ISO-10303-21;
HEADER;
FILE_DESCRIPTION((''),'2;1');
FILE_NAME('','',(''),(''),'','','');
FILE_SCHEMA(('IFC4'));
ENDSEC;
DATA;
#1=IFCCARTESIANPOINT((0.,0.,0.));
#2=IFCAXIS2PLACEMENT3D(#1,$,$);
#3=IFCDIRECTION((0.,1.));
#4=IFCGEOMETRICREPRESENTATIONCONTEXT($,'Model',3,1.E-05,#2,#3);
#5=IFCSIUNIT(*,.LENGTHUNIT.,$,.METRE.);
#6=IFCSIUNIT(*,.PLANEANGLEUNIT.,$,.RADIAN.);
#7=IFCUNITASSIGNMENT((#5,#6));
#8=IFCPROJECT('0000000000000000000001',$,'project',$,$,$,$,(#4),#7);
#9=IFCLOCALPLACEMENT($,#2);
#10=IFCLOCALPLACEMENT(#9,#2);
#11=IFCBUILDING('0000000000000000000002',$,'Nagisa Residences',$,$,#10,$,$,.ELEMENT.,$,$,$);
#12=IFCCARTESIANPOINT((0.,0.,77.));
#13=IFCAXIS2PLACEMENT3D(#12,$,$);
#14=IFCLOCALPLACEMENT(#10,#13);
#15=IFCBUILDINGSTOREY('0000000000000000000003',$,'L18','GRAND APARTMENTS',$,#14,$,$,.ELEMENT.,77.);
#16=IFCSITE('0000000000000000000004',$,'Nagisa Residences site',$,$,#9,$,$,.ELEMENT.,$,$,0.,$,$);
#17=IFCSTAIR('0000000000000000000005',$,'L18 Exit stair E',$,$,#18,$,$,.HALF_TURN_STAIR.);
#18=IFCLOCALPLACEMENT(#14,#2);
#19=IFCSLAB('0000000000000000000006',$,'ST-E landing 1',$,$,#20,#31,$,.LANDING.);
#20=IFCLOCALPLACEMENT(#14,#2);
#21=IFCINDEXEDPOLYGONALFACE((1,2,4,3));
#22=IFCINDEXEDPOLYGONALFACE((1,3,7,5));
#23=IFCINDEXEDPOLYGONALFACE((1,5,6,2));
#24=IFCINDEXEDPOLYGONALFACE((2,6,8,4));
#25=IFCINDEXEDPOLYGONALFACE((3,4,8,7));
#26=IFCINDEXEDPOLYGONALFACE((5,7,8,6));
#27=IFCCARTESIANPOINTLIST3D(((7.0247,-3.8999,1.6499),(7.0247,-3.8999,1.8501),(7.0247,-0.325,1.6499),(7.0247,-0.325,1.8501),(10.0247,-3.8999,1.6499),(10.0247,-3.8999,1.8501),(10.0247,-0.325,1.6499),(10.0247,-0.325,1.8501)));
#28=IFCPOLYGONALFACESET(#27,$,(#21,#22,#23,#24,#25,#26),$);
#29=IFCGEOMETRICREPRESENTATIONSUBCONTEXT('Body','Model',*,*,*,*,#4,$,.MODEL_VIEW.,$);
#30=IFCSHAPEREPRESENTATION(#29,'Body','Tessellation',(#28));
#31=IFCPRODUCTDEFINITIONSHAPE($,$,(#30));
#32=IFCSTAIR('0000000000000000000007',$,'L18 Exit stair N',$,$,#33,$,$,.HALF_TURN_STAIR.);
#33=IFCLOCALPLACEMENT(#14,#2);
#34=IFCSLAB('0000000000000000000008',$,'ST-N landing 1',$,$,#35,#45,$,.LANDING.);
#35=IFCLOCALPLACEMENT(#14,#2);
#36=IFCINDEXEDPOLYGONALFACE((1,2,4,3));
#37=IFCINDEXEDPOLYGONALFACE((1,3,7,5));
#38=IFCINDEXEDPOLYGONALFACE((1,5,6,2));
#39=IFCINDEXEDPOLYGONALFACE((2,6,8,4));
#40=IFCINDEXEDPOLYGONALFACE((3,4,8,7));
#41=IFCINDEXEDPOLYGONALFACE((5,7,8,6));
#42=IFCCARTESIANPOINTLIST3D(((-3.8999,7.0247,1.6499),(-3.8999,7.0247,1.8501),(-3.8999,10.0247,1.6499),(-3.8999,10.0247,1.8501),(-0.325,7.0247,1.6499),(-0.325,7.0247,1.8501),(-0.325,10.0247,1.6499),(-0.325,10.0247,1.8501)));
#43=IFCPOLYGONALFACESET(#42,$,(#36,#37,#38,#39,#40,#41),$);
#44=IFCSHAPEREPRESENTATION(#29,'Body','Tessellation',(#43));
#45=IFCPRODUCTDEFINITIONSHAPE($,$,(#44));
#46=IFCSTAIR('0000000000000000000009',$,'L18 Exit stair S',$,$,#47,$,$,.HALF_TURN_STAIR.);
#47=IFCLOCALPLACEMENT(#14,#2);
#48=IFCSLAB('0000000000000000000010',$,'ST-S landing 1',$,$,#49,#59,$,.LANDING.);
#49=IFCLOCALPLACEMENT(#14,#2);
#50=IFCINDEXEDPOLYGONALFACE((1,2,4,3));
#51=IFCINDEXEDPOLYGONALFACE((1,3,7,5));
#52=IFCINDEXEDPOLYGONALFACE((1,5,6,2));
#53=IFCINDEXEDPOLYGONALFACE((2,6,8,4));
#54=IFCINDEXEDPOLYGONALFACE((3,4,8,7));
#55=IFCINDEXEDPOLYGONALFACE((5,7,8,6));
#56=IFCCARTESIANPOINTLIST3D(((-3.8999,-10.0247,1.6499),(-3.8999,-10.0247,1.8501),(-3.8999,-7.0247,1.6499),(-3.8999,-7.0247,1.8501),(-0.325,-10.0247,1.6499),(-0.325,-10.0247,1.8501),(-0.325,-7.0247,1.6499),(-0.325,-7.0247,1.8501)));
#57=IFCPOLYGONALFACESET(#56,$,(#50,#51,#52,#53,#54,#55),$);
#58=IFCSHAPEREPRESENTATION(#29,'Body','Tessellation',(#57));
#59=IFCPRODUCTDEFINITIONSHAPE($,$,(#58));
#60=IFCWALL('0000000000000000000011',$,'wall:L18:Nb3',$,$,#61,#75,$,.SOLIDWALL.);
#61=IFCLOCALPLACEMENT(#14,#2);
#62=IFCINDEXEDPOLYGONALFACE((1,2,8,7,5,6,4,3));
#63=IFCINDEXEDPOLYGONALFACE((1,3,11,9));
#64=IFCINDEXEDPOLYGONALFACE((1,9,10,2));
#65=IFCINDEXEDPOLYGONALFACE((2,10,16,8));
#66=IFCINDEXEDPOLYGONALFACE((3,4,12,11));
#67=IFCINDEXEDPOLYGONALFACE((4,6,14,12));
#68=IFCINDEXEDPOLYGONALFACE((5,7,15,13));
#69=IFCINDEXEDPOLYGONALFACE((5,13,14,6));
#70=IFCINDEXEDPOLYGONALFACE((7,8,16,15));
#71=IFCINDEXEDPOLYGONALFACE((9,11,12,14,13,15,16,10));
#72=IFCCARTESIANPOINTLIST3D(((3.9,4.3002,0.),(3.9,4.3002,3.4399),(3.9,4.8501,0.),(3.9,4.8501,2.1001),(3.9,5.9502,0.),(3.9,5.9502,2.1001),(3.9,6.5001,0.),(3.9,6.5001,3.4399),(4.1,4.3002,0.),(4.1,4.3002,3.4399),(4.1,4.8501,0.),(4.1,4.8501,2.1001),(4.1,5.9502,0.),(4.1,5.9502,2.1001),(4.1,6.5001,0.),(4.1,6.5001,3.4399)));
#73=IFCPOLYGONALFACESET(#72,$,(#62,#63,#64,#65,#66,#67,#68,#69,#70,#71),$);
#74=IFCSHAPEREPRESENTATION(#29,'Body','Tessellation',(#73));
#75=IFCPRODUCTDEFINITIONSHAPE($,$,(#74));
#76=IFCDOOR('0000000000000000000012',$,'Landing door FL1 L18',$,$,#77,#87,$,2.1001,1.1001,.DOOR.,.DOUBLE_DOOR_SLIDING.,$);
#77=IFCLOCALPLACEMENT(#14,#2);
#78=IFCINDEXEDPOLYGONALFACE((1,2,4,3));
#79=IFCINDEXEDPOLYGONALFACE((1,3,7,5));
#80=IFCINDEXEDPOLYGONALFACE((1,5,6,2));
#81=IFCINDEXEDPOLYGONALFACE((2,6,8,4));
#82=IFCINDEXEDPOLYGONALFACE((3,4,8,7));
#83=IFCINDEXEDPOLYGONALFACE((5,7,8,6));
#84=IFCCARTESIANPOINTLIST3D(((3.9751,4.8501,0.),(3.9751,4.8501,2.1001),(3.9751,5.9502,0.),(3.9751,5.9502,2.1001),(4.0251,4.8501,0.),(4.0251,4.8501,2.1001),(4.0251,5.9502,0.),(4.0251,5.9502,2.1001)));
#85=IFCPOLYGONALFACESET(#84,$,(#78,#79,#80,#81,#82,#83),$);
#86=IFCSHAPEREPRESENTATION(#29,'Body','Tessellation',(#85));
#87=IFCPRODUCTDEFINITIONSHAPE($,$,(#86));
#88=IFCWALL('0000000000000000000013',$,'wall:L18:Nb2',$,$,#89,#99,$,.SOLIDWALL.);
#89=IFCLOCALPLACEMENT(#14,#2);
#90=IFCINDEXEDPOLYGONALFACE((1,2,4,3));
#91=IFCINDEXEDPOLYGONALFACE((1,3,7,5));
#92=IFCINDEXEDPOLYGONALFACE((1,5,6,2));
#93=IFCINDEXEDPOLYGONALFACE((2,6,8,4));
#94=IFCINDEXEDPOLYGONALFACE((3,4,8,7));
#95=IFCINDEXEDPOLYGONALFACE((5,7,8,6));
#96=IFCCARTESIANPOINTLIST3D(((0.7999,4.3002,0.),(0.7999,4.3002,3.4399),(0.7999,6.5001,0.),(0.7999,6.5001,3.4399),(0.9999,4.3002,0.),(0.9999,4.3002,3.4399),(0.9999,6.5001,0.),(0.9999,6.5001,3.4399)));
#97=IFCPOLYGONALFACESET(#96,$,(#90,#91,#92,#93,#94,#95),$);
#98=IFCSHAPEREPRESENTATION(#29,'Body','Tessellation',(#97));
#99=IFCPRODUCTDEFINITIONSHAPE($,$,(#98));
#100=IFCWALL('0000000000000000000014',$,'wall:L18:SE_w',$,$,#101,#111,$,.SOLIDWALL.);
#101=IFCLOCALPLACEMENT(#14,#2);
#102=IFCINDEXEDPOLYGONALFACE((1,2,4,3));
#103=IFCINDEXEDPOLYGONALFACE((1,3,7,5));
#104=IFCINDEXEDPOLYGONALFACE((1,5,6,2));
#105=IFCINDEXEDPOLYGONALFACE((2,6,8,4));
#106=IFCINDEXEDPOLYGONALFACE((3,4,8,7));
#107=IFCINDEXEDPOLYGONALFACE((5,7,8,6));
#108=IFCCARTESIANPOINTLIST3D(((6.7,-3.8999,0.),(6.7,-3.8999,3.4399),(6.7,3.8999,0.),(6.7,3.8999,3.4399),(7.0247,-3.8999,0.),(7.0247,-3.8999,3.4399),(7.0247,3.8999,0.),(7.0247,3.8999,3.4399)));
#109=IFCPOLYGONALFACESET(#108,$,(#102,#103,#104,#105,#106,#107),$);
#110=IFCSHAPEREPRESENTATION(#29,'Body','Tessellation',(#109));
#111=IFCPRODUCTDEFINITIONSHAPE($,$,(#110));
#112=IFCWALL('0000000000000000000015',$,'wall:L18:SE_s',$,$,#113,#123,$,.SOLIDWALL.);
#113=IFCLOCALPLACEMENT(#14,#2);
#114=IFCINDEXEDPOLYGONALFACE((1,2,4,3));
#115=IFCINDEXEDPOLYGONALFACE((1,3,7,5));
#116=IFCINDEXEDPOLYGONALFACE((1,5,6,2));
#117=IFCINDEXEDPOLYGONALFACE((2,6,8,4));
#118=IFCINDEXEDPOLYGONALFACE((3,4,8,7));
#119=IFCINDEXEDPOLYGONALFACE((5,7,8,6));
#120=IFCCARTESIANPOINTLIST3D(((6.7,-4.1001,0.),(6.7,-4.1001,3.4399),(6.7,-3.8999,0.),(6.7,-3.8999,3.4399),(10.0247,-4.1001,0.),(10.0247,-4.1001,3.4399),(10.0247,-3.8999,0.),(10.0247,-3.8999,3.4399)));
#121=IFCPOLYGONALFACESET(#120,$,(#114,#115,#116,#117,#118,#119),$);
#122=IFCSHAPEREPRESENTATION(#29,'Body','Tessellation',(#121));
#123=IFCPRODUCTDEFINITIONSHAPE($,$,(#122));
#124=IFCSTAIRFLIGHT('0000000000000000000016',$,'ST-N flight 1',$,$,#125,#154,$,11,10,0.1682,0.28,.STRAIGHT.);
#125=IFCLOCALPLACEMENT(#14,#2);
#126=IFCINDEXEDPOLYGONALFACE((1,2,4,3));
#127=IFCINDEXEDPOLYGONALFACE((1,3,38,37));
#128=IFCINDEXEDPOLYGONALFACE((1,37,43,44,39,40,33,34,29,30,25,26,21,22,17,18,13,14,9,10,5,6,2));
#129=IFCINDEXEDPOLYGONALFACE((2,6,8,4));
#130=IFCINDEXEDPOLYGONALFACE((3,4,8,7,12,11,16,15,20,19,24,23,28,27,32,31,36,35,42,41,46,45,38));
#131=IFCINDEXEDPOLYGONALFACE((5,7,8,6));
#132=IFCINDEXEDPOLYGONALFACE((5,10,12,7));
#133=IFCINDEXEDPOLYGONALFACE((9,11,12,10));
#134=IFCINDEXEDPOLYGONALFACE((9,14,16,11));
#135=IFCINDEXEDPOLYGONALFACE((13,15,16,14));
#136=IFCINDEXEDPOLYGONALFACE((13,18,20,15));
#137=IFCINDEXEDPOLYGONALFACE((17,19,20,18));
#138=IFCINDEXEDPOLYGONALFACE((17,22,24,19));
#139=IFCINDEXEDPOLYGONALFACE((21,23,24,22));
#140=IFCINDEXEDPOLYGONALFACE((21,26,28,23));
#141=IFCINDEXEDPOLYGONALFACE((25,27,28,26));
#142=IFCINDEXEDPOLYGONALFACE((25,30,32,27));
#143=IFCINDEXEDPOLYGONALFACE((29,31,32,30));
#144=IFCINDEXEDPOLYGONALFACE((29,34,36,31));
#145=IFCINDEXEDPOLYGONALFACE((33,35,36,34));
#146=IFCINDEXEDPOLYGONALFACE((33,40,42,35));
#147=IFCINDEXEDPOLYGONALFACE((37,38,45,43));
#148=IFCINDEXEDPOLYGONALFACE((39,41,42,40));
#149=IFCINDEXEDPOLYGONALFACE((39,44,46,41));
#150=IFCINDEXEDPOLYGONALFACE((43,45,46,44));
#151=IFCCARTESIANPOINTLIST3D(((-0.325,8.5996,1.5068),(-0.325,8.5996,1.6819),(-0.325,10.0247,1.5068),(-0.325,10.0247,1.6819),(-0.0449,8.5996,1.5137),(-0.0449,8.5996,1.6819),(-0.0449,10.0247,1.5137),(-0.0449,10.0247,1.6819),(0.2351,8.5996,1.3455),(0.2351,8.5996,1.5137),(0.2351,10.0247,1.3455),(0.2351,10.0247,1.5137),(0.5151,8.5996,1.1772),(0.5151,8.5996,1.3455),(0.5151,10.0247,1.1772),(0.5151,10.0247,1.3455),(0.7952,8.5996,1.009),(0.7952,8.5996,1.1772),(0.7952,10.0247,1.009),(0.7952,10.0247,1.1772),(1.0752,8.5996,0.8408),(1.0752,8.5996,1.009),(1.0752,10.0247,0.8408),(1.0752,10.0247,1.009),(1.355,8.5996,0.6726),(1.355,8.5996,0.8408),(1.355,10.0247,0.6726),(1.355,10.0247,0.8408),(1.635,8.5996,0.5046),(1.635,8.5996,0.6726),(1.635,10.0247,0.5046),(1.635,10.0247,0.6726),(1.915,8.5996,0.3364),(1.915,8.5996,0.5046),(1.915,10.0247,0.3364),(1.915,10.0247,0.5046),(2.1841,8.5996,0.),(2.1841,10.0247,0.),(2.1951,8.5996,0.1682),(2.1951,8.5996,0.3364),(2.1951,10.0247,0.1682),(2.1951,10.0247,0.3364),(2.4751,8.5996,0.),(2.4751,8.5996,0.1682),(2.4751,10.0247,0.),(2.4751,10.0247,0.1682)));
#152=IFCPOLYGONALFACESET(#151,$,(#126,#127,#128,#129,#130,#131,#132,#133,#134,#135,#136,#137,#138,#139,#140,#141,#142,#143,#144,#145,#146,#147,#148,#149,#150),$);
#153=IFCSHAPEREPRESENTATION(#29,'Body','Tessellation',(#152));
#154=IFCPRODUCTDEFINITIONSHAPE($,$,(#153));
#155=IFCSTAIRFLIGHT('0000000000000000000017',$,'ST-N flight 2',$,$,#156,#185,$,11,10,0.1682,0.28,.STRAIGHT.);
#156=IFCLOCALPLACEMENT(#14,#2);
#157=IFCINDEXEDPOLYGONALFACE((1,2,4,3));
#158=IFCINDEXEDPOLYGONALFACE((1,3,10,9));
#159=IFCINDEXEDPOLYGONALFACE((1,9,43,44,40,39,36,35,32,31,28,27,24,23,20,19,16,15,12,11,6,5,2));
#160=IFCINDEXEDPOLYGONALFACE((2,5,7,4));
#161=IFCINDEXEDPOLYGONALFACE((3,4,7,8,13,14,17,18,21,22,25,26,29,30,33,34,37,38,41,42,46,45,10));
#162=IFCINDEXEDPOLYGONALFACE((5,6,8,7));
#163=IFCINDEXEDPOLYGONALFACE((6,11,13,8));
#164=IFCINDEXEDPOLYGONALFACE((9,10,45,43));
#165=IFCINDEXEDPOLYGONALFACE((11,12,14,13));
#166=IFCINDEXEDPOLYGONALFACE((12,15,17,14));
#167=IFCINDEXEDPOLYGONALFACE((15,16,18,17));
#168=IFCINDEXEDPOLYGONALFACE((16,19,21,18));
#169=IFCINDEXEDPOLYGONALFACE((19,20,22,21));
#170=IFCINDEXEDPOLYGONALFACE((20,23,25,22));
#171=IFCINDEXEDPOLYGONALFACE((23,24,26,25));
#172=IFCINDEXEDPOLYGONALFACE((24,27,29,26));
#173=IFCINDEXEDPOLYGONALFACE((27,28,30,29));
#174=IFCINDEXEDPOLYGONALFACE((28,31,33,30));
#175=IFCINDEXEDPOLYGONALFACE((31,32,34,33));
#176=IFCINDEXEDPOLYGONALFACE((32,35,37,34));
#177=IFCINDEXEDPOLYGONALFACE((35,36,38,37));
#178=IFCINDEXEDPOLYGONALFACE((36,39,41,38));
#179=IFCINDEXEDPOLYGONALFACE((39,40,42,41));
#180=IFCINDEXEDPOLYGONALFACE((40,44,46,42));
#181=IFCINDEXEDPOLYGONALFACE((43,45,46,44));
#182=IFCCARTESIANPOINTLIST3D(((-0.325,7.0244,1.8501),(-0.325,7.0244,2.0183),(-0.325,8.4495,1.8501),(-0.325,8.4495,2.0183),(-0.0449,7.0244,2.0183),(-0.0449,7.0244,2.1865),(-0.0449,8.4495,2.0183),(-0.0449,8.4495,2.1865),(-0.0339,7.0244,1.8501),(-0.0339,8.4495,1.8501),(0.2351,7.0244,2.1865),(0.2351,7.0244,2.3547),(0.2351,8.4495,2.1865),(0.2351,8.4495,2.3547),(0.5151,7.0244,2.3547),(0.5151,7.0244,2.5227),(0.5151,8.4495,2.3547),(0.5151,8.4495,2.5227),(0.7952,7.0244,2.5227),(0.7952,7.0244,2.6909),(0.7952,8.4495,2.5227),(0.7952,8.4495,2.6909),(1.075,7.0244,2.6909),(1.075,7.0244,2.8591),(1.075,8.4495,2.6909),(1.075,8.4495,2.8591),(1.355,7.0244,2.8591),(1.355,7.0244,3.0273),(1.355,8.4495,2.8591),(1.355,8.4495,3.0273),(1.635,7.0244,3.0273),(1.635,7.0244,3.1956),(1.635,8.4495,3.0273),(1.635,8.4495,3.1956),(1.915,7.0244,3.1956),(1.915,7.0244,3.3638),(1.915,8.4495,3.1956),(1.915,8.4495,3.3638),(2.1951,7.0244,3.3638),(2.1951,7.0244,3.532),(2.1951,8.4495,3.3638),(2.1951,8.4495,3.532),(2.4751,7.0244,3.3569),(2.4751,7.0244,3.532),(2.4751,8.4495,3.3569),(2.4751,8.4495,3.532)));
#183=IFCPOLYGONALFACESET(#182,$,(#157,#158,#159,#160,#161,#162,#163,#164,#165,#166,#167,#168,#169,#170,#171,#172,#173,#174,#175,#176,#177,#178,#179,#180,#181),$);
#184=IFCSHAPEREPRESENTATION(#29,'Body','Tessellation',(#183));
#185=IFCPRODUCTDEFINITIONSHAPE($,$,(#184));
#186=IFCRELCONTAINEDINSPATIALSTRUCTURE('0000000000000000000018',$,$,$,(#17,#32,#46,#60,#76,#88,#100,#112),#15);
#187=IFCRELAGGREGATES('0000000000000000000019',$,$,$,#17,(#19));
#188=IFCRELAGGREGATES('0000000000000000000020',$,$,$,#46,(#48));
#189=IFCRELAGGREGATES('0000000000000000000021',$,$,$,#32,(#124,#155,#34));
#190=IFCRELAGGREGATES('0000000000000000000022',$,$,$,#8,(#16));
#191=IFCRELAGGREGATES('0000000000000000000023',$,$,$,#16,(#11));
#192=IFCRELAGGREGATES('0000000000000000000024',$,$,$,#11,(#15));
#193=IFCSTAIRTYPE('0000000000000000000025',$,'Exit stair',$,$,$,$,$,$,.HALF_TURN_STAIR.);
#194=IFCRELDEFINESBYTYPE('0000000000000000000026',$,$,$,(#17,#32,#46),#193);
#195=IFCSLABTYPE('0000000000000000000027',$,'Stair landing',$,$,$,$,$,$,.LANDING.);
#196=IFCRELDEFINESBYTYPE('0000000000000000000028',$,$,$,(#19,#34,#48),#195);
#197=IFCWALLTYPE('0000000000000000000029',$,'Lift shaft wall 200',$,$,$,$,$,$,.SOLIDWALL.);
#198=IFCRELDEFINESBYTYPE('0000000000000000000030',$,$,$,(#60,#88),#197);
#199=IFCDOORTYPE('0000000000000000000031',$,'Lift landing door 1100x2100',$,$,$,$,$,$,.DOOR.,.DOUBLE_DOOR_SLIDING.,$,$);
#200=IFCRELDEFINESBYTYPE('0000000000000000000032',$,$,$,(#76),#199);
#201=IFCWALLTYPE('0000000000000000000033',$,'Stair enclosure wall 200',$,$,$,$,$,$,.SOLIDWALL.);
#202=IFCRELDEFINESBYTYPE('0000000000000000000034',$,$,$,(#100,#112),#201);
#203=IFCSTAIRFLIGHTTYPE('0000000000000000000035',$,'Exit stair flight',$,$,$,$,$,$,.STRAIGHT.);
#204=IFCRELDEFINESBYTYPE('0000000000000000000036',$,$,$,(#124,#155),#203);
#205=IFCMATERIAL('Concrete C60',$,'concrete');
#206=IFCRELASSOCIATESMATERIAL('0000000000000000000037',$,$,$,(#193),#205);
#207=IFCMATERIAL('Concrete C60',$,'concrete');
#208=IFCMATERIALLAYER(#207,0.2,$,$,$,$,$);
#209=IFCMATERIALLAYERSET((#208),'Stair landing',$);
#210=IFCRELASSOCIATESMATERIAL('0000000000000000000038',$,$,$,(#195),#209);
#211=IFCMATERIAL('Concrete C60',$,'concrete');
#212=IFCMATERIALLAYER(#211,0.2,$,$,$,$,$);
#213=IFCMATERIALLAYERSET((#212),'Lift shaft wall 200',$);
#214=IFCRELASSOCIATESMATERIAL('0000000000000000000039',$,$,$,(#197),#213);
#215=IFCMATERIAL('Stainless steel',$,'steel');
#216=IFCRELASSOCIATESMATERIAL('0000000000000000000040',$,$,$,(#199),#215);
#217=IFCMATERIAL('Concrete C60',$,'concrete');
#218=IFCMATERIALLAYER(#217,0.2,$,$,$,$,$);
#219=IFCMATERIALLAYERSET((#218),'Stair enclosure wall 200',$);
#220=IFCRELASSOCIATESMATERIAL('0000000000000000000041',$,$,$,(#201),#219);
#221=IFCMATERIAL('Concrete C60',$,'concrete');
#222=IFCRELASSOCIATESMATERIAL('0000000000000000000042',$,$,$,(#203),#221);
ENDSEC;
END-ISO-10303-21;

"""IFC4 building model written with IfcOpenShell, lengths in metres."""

from ifc_helpers import new_model, si_unit, direction, frame, frame_2d, origin, place, context, subcontext, project, spatial, polyline, rectangle, outline, extrude, material, layer, layer_set, type_object, element, fill, aggregate, save


model = new_model("IFC4")

# Units and contexts
model_context = context("Model", 3, precision=1e-05, world=origin(), true_north=direction((0.0, 1.0)))
body_context = subcontext(model_context, "Body", "Model", "MODEL_VIEW")
ifc_project = project(units=[si_unit("LENGTHUNIT", "METRE"), si_unit("PLANEANGLEUNIT", "RADIAN")], contexts=[model_context])

# Site, building, storey
site_placement = place(None, origin())
site = spatial("IfcSite", under=ifc_project, at=site_placement, Name="Nagisa Residences site", CompositionType="ELEMENT", RefElevation=0.0)
building_placement = place(site_placement, origin())
building = spatial("IfcBuilding", under=site, at=building_placement, Name="Nagisa Residences", CompositionType="ELEMENT")
storey_placement = place(building_placement, frame((0.0, 0.0, 77.0)))
storey = spatial("IfcBuildingStorey", under=building, at=storey_placement, Name="L18", Description="GRAND APARTMENTS", CompositionType="ELEMENT", Elevation=77.0)

# Stairs, slabs
ifc_material_1 = material(Name="Concrete C60", Category="concrete")
stair_type = type_object("IfcStairType", Name="Exit stair", PredefinedType="HALF_TURN_STAIR", material=ifc_material_1)
stair_1_placement = place(storey_placement, origin())
stair_1 = element("IfcStair", 1, at=stair_1_placement, inside=storey, type_object=stair_type, Name="L18 Exit stair E", PredefinedType="HALF_TURN_STAIR")
ifc_material_2 = material(Name="Concrete C60", Category="concrete")
ifc_layer_1 = layer(ifc_material_2, 0.2)
ifc_layer_set_1 = layer_set([ifc_layer_1], Name="Stair landing")
slab_type = type_object("IfcSlabType", Name="Stair landing", PredefinedType="LANDING", material=ifc_layer_set_1)
slab_1_placement = place(storey_placement, frame((0.0, 0.0, 1.6499)))
slab_1 = element("IfcSlab", 2, at=slab_1_placement, type_object=slab_type, Name="ST-E landing 1", PredefinedType="LANDING", context=body_context, shape_type="SweptSolid", body=[
    extrude(outline(polyline([(7.0247, -0.325), (7.0247, -3.8999), (10.0247, -3.8999), (10.0247, -0.325), (7.0247, -0.325)])), origin(), (0.0, 0.0, 1.0), 0.2002),
])
aggregate(stair_1, [slab_1])
stair_2_placement = place(storey_placement, origin())
stair_2 = element("IfcStair", 3, at=stair_2_placement, inside=storey, type_object=stair_type, Name="L18 Exit stair N", PredefinedType="HALF_TURN_STAIR")
slab_2_placement = place(storey_placement, frame((0.0, 0.0, 1.6499)))
slab_2 = element("IfcSlab", 4, at=slab_2_placement, type_object=slab_type, Name="ST-N landing 1", PredefinedType="LANDING", context=body_context, shape_type="SweptSolid", body=[
    extrude(outline(polyline([(-0.325, 10.0247), (-3.8999, 10.0247), (-3.8999, 7.0247), (-0.325, 7.0247), (-0.325, 10.0247)])), origin(), (0.0, 0.0, 1.0), 0.2002),
])
stair_3_placement = place(storey_placement, origin())
stair_3 = element("IfcStair", 5, at=stair_3_placement, inside=storey, type_object=stair_type, Name="L18 Exit stair S", PredefinedType="HALF_TURN_STAIR")
slab_3_placement = place(storey_placement, frame((0.0, 0.0, 1.6499)))
slab_3 = element("IfcSlab", 6, at=slab_3_placement, type_object=slab_type, Name="ST-S landing 1", PredefinedType="LANDING", context=body_context, shape_type="SweptSolid", body=[
    extrude(outline(polyline([(-0.325, -7.0247), (-3.8999, -7.0247), (-3.8999, -10.0247), (-0.325, -10.0247), (-0.325, -7.0247)])), origin(), (0.0, 0.0, 1.0), 0.2002),
])
aggregate(stair_3, [slab_3])

# Wall, opening, door
ifc_material_3 = material(Name="Concrete C60", Category="concrete")
ifc_layer_2 = layer(ifc_material_3, 0.2)
ifc_layer_set_2 = layer_set([ifc_layer_2], Name="Lift shaft wall 200")
wall_type_1 = type_object("IfcWallType", Name="Lift shaft wall 200", PredefinedType="SOLIDWALL", material=ifc_layer_set_2)
wall_1_placement = place(storey_placement, frame((4.0, 4.3, 0.0), z_axis=(0.0, 0.0, 1.0), x_axis=(0.0, 1.0, 0.0)))
wall_1 = element("IfcWall", 7, at=wall_1_placement, inside=storey, type_object=wall_type_1, Name="wall:L18:Nb3", PredefinedType="SOLIDWALL", context=body_context, shape_type="SweptSolid", body=[
    extrude(rectangle(XDim=2.2, YDim=0.2, at=frame_2d((1.1001, 0.0))), origin(), (0.0, 0.0, 1.0), 3.4399),
])
opening_placement = place(wall_1_placement, frame((0.55, 0.0, 0.0)))
opening = element("IfcOpeningElement", 8, at=opening_placement, cuts=wall_1, PredefinedType="OPENING", context=body_context, shape_type="SweptSolid", body=[
    extrude(rectangle(XDim=1.1001, YDim=2.1001, at=frame_2d((0.55, 1.05))), frame((0.0, 0.1099, 0.0), z_axis=(0.0, -1.0, 0.0), x_axis=(1.0, 0.0, 0.0)), (0.0, 0.0, 1.0), 0.22),
])
ifc_material_4 = material(Name="Stainless steel", Category="steel")
door_type = type_object("IfcDoorType", Name="Lift landing door 1100x2100", OperationType="DOUBLE_DOOR_SLIDING", PredefinedType="DOOR", material=ifc_material_4)
door_placement = place(opening_placement, origin())
door = element("IfcDoor", 9, at=door_placement, inside=storey, type_object=door_type, Name="Landing door FL1 L18", OperationType="DOUBLE_DOOR_SLIDING", OverallHeight=2.1001, OverallWidth=1.1001, PredefinedType="DOOR", context=body_context, shape_type="SweptSolid", body=[
    extrude(rectangle(XDim=1.1001, YDim=2.1001, at=frame_2d((0.55, 1.05))), frame((0.0, 0.0249, 0.0), z_axis=(0.0, -1.0, 0.0), x_axis=(1.0, 0.0, 0.0)), (0.0, 0.0, 1.0), 0.05),
])
fill(opening, door)

# Walls
wall_2_placement = place(storey_placement, frame((0.8999, 4.3, 0.0), z_axis=(0.0, 0.0, 1.0), x_axis=(0.0, 1.0, 0.0)))
element("IfcWall", 10, at=wall_2_placement, inside=storey, type_object=wall_type_1, Name="wall:L18:Nb2", PredefinedType="SOLIDWALL", context=body_context, shape_type="SweptSolid", body=[
    extrude(rectangle(XDim=2.2, YDim=0.2, at=frame_2d((1.1001, 0.0))), origin(), (0.0, 0.0, 1.0), 3.4399),
])
ifc_material_5 = material(Name="Concrete C60", Category="concrete")
ifc_layer_3 = layer(ifc_material_5, 0.2)
ifc_layer_set_3 = layer_set([ifc_layer_3], Name="Stair enclosure wall 200")
wall_type_2 = type_object("IfcWallType", Name="Stair enclosure wall 200", PredefinedType="SOLIDWALL", material=ifc_layer_set_3)
wall_3_placement = place(storey_placement, origin())
element("IfcWall", 11, at=wall_3_placement, inside=storey, type_object=wall_type_2, Name="wall:L18:SE_w", PredefinedType="SOLIDWALL", context=body_context, shape_type="SweptSolid", body=[
    extrude(outline(polyline([(7.0247, -3.8999), (6.7, -3.8999), (6.7, 3.8999), (7.0247, 3.8999), (7.0247, -3.8999)])), origin(), (0.0, 0.0, 1.0), 3.4399),
])
wall_4_placement = place(storey_placement, origin())
element("IfcWall", 12, at=wall_4_placement, inside=storey, type_object=wall_type_2, Name="wall:L18:SE_s", PredefinedType="SOLIDWALL", context=body_context, shape_type="SweptSolid", body=[
    extrude(outline(polyline([(10.0247, -4.1001), (6.7, -4.1001), (6.7, -3.8999), (10.0247, -3.8999), (10.0247, -4.1001)])), origin(), (0.0, 0.0, 1.0), 3.4399),
])

# Stair flights
ifc_material_6 = material(Name="Concrete C60", Category="concrete")
stair_flight_type = type_object("IfcStairFlightType", Name="Exit stair flight", PredefinedType="STRAIGHT", material=ifc_material_6)
stair_flight_1_placement = place(storey_placement, frame((2.4751, 9.312, 0.0), z_axis=(0.0, 0.0, 1.0), x_axis=(-1.0, 0.0, 0.0)))
stair_flight_1 = element("IfcStairFlight", 13, at=stair_flight_1_placement, type_object=stair_flight_type, Name="ST-N flight 1", NumberOfRisers=11, NumberOfTreads=10, PredefinedType="STRAIGHT", RiserHeight=0.1682, TreadLength=0.28, context=body_context, shape_type="SweptSolid", body=[
    extrude(outline(polyline([(0.0, 0.0), (0.0, 0.1682), (0.28, 0.1682), (0.28, 0.3364), (0.5601, 0.3364), (0.5601, 0.5046), (0.8401, 0.5046), (0.8401, 0.6726), (1.1201, 0.6726), (1.1201, 0.8408), (1.3999, 0.8408), (1.3999, 1.009), (1.6799, 1.009), (1.6799, 1.1772), (1.96, 1.1772), (1.96, 1.3455), (2.24, 1.3455), (2.24, 1.5137), (2.52, 1.5137), (2.52, 1.6819), (2.8, 1.6819), (2.8, 1.8501), (2.8, 1.5068), (0.291, 0.0), (0.0, 0.0)])), frame((0.0, 0.7124, 0.0), z_axis=(0.0, -1.0, 0.0), x_axis=(1.0, 0.0, 0.0)), (0.0, 0.0, 1.0), 1.425),
])
stair_flight_2_placement = place(storey_placement, frame((-0.325, 7.7371, 1.8501), z_axis=(0.0, 0.0, 1.0), x_axis=(1.0, 0.0, 0.0)))
stair_flight_2 = element("IfcStairFlight", 14, at=stair_flight_2_placement, type_object=stair_flight_type, Name="ST-N flight 2", NumberOfRisers=11, NumberOfTreads=10, PredefinedType="STRAIGHT", RiserHeight=0.1682, TreadLength=0.28, context=body_context, shape_type="SweptSolid", body=[
    extrude(outline(polyline([(0.0, 0.0), (0.0, 0.1682), (0.28, 0.1682), (0.28, 0.3364), (0.5601, 0.3364), (0.5601, 0.5046), (0.8401, 0.5046), (0.8401, 0.6726), (1.1201, 0.6726), (1.1201, 0.8408), (1.3999, 0.8408), (1.3999, 1.009), (1.6799, 1.009), (1.6799, 1.1772), (1.96, 1.1772), (1.96, 1.3455), (2.24, 1.3455), (2.24, 1.5137), (2.52, 1.5137), (2.52, 1.6819), (2.8, 1.6819), (2.8, 1.8501), (2.8, 1.5068), (0.291, 0.0), (0.0, 0.0)])), frame((0.0, 0.7124, 0.0), z_axis=(0.0, -1.0, 0.0), x_axis=(1.0, 0.0, 0.0)), (0.0, 0.0, 1.0), 1.425),
])
aggregate(stair_2, [stair_flight_1, stair_flight_2, slab_2])

save(model, "model.ifc")
